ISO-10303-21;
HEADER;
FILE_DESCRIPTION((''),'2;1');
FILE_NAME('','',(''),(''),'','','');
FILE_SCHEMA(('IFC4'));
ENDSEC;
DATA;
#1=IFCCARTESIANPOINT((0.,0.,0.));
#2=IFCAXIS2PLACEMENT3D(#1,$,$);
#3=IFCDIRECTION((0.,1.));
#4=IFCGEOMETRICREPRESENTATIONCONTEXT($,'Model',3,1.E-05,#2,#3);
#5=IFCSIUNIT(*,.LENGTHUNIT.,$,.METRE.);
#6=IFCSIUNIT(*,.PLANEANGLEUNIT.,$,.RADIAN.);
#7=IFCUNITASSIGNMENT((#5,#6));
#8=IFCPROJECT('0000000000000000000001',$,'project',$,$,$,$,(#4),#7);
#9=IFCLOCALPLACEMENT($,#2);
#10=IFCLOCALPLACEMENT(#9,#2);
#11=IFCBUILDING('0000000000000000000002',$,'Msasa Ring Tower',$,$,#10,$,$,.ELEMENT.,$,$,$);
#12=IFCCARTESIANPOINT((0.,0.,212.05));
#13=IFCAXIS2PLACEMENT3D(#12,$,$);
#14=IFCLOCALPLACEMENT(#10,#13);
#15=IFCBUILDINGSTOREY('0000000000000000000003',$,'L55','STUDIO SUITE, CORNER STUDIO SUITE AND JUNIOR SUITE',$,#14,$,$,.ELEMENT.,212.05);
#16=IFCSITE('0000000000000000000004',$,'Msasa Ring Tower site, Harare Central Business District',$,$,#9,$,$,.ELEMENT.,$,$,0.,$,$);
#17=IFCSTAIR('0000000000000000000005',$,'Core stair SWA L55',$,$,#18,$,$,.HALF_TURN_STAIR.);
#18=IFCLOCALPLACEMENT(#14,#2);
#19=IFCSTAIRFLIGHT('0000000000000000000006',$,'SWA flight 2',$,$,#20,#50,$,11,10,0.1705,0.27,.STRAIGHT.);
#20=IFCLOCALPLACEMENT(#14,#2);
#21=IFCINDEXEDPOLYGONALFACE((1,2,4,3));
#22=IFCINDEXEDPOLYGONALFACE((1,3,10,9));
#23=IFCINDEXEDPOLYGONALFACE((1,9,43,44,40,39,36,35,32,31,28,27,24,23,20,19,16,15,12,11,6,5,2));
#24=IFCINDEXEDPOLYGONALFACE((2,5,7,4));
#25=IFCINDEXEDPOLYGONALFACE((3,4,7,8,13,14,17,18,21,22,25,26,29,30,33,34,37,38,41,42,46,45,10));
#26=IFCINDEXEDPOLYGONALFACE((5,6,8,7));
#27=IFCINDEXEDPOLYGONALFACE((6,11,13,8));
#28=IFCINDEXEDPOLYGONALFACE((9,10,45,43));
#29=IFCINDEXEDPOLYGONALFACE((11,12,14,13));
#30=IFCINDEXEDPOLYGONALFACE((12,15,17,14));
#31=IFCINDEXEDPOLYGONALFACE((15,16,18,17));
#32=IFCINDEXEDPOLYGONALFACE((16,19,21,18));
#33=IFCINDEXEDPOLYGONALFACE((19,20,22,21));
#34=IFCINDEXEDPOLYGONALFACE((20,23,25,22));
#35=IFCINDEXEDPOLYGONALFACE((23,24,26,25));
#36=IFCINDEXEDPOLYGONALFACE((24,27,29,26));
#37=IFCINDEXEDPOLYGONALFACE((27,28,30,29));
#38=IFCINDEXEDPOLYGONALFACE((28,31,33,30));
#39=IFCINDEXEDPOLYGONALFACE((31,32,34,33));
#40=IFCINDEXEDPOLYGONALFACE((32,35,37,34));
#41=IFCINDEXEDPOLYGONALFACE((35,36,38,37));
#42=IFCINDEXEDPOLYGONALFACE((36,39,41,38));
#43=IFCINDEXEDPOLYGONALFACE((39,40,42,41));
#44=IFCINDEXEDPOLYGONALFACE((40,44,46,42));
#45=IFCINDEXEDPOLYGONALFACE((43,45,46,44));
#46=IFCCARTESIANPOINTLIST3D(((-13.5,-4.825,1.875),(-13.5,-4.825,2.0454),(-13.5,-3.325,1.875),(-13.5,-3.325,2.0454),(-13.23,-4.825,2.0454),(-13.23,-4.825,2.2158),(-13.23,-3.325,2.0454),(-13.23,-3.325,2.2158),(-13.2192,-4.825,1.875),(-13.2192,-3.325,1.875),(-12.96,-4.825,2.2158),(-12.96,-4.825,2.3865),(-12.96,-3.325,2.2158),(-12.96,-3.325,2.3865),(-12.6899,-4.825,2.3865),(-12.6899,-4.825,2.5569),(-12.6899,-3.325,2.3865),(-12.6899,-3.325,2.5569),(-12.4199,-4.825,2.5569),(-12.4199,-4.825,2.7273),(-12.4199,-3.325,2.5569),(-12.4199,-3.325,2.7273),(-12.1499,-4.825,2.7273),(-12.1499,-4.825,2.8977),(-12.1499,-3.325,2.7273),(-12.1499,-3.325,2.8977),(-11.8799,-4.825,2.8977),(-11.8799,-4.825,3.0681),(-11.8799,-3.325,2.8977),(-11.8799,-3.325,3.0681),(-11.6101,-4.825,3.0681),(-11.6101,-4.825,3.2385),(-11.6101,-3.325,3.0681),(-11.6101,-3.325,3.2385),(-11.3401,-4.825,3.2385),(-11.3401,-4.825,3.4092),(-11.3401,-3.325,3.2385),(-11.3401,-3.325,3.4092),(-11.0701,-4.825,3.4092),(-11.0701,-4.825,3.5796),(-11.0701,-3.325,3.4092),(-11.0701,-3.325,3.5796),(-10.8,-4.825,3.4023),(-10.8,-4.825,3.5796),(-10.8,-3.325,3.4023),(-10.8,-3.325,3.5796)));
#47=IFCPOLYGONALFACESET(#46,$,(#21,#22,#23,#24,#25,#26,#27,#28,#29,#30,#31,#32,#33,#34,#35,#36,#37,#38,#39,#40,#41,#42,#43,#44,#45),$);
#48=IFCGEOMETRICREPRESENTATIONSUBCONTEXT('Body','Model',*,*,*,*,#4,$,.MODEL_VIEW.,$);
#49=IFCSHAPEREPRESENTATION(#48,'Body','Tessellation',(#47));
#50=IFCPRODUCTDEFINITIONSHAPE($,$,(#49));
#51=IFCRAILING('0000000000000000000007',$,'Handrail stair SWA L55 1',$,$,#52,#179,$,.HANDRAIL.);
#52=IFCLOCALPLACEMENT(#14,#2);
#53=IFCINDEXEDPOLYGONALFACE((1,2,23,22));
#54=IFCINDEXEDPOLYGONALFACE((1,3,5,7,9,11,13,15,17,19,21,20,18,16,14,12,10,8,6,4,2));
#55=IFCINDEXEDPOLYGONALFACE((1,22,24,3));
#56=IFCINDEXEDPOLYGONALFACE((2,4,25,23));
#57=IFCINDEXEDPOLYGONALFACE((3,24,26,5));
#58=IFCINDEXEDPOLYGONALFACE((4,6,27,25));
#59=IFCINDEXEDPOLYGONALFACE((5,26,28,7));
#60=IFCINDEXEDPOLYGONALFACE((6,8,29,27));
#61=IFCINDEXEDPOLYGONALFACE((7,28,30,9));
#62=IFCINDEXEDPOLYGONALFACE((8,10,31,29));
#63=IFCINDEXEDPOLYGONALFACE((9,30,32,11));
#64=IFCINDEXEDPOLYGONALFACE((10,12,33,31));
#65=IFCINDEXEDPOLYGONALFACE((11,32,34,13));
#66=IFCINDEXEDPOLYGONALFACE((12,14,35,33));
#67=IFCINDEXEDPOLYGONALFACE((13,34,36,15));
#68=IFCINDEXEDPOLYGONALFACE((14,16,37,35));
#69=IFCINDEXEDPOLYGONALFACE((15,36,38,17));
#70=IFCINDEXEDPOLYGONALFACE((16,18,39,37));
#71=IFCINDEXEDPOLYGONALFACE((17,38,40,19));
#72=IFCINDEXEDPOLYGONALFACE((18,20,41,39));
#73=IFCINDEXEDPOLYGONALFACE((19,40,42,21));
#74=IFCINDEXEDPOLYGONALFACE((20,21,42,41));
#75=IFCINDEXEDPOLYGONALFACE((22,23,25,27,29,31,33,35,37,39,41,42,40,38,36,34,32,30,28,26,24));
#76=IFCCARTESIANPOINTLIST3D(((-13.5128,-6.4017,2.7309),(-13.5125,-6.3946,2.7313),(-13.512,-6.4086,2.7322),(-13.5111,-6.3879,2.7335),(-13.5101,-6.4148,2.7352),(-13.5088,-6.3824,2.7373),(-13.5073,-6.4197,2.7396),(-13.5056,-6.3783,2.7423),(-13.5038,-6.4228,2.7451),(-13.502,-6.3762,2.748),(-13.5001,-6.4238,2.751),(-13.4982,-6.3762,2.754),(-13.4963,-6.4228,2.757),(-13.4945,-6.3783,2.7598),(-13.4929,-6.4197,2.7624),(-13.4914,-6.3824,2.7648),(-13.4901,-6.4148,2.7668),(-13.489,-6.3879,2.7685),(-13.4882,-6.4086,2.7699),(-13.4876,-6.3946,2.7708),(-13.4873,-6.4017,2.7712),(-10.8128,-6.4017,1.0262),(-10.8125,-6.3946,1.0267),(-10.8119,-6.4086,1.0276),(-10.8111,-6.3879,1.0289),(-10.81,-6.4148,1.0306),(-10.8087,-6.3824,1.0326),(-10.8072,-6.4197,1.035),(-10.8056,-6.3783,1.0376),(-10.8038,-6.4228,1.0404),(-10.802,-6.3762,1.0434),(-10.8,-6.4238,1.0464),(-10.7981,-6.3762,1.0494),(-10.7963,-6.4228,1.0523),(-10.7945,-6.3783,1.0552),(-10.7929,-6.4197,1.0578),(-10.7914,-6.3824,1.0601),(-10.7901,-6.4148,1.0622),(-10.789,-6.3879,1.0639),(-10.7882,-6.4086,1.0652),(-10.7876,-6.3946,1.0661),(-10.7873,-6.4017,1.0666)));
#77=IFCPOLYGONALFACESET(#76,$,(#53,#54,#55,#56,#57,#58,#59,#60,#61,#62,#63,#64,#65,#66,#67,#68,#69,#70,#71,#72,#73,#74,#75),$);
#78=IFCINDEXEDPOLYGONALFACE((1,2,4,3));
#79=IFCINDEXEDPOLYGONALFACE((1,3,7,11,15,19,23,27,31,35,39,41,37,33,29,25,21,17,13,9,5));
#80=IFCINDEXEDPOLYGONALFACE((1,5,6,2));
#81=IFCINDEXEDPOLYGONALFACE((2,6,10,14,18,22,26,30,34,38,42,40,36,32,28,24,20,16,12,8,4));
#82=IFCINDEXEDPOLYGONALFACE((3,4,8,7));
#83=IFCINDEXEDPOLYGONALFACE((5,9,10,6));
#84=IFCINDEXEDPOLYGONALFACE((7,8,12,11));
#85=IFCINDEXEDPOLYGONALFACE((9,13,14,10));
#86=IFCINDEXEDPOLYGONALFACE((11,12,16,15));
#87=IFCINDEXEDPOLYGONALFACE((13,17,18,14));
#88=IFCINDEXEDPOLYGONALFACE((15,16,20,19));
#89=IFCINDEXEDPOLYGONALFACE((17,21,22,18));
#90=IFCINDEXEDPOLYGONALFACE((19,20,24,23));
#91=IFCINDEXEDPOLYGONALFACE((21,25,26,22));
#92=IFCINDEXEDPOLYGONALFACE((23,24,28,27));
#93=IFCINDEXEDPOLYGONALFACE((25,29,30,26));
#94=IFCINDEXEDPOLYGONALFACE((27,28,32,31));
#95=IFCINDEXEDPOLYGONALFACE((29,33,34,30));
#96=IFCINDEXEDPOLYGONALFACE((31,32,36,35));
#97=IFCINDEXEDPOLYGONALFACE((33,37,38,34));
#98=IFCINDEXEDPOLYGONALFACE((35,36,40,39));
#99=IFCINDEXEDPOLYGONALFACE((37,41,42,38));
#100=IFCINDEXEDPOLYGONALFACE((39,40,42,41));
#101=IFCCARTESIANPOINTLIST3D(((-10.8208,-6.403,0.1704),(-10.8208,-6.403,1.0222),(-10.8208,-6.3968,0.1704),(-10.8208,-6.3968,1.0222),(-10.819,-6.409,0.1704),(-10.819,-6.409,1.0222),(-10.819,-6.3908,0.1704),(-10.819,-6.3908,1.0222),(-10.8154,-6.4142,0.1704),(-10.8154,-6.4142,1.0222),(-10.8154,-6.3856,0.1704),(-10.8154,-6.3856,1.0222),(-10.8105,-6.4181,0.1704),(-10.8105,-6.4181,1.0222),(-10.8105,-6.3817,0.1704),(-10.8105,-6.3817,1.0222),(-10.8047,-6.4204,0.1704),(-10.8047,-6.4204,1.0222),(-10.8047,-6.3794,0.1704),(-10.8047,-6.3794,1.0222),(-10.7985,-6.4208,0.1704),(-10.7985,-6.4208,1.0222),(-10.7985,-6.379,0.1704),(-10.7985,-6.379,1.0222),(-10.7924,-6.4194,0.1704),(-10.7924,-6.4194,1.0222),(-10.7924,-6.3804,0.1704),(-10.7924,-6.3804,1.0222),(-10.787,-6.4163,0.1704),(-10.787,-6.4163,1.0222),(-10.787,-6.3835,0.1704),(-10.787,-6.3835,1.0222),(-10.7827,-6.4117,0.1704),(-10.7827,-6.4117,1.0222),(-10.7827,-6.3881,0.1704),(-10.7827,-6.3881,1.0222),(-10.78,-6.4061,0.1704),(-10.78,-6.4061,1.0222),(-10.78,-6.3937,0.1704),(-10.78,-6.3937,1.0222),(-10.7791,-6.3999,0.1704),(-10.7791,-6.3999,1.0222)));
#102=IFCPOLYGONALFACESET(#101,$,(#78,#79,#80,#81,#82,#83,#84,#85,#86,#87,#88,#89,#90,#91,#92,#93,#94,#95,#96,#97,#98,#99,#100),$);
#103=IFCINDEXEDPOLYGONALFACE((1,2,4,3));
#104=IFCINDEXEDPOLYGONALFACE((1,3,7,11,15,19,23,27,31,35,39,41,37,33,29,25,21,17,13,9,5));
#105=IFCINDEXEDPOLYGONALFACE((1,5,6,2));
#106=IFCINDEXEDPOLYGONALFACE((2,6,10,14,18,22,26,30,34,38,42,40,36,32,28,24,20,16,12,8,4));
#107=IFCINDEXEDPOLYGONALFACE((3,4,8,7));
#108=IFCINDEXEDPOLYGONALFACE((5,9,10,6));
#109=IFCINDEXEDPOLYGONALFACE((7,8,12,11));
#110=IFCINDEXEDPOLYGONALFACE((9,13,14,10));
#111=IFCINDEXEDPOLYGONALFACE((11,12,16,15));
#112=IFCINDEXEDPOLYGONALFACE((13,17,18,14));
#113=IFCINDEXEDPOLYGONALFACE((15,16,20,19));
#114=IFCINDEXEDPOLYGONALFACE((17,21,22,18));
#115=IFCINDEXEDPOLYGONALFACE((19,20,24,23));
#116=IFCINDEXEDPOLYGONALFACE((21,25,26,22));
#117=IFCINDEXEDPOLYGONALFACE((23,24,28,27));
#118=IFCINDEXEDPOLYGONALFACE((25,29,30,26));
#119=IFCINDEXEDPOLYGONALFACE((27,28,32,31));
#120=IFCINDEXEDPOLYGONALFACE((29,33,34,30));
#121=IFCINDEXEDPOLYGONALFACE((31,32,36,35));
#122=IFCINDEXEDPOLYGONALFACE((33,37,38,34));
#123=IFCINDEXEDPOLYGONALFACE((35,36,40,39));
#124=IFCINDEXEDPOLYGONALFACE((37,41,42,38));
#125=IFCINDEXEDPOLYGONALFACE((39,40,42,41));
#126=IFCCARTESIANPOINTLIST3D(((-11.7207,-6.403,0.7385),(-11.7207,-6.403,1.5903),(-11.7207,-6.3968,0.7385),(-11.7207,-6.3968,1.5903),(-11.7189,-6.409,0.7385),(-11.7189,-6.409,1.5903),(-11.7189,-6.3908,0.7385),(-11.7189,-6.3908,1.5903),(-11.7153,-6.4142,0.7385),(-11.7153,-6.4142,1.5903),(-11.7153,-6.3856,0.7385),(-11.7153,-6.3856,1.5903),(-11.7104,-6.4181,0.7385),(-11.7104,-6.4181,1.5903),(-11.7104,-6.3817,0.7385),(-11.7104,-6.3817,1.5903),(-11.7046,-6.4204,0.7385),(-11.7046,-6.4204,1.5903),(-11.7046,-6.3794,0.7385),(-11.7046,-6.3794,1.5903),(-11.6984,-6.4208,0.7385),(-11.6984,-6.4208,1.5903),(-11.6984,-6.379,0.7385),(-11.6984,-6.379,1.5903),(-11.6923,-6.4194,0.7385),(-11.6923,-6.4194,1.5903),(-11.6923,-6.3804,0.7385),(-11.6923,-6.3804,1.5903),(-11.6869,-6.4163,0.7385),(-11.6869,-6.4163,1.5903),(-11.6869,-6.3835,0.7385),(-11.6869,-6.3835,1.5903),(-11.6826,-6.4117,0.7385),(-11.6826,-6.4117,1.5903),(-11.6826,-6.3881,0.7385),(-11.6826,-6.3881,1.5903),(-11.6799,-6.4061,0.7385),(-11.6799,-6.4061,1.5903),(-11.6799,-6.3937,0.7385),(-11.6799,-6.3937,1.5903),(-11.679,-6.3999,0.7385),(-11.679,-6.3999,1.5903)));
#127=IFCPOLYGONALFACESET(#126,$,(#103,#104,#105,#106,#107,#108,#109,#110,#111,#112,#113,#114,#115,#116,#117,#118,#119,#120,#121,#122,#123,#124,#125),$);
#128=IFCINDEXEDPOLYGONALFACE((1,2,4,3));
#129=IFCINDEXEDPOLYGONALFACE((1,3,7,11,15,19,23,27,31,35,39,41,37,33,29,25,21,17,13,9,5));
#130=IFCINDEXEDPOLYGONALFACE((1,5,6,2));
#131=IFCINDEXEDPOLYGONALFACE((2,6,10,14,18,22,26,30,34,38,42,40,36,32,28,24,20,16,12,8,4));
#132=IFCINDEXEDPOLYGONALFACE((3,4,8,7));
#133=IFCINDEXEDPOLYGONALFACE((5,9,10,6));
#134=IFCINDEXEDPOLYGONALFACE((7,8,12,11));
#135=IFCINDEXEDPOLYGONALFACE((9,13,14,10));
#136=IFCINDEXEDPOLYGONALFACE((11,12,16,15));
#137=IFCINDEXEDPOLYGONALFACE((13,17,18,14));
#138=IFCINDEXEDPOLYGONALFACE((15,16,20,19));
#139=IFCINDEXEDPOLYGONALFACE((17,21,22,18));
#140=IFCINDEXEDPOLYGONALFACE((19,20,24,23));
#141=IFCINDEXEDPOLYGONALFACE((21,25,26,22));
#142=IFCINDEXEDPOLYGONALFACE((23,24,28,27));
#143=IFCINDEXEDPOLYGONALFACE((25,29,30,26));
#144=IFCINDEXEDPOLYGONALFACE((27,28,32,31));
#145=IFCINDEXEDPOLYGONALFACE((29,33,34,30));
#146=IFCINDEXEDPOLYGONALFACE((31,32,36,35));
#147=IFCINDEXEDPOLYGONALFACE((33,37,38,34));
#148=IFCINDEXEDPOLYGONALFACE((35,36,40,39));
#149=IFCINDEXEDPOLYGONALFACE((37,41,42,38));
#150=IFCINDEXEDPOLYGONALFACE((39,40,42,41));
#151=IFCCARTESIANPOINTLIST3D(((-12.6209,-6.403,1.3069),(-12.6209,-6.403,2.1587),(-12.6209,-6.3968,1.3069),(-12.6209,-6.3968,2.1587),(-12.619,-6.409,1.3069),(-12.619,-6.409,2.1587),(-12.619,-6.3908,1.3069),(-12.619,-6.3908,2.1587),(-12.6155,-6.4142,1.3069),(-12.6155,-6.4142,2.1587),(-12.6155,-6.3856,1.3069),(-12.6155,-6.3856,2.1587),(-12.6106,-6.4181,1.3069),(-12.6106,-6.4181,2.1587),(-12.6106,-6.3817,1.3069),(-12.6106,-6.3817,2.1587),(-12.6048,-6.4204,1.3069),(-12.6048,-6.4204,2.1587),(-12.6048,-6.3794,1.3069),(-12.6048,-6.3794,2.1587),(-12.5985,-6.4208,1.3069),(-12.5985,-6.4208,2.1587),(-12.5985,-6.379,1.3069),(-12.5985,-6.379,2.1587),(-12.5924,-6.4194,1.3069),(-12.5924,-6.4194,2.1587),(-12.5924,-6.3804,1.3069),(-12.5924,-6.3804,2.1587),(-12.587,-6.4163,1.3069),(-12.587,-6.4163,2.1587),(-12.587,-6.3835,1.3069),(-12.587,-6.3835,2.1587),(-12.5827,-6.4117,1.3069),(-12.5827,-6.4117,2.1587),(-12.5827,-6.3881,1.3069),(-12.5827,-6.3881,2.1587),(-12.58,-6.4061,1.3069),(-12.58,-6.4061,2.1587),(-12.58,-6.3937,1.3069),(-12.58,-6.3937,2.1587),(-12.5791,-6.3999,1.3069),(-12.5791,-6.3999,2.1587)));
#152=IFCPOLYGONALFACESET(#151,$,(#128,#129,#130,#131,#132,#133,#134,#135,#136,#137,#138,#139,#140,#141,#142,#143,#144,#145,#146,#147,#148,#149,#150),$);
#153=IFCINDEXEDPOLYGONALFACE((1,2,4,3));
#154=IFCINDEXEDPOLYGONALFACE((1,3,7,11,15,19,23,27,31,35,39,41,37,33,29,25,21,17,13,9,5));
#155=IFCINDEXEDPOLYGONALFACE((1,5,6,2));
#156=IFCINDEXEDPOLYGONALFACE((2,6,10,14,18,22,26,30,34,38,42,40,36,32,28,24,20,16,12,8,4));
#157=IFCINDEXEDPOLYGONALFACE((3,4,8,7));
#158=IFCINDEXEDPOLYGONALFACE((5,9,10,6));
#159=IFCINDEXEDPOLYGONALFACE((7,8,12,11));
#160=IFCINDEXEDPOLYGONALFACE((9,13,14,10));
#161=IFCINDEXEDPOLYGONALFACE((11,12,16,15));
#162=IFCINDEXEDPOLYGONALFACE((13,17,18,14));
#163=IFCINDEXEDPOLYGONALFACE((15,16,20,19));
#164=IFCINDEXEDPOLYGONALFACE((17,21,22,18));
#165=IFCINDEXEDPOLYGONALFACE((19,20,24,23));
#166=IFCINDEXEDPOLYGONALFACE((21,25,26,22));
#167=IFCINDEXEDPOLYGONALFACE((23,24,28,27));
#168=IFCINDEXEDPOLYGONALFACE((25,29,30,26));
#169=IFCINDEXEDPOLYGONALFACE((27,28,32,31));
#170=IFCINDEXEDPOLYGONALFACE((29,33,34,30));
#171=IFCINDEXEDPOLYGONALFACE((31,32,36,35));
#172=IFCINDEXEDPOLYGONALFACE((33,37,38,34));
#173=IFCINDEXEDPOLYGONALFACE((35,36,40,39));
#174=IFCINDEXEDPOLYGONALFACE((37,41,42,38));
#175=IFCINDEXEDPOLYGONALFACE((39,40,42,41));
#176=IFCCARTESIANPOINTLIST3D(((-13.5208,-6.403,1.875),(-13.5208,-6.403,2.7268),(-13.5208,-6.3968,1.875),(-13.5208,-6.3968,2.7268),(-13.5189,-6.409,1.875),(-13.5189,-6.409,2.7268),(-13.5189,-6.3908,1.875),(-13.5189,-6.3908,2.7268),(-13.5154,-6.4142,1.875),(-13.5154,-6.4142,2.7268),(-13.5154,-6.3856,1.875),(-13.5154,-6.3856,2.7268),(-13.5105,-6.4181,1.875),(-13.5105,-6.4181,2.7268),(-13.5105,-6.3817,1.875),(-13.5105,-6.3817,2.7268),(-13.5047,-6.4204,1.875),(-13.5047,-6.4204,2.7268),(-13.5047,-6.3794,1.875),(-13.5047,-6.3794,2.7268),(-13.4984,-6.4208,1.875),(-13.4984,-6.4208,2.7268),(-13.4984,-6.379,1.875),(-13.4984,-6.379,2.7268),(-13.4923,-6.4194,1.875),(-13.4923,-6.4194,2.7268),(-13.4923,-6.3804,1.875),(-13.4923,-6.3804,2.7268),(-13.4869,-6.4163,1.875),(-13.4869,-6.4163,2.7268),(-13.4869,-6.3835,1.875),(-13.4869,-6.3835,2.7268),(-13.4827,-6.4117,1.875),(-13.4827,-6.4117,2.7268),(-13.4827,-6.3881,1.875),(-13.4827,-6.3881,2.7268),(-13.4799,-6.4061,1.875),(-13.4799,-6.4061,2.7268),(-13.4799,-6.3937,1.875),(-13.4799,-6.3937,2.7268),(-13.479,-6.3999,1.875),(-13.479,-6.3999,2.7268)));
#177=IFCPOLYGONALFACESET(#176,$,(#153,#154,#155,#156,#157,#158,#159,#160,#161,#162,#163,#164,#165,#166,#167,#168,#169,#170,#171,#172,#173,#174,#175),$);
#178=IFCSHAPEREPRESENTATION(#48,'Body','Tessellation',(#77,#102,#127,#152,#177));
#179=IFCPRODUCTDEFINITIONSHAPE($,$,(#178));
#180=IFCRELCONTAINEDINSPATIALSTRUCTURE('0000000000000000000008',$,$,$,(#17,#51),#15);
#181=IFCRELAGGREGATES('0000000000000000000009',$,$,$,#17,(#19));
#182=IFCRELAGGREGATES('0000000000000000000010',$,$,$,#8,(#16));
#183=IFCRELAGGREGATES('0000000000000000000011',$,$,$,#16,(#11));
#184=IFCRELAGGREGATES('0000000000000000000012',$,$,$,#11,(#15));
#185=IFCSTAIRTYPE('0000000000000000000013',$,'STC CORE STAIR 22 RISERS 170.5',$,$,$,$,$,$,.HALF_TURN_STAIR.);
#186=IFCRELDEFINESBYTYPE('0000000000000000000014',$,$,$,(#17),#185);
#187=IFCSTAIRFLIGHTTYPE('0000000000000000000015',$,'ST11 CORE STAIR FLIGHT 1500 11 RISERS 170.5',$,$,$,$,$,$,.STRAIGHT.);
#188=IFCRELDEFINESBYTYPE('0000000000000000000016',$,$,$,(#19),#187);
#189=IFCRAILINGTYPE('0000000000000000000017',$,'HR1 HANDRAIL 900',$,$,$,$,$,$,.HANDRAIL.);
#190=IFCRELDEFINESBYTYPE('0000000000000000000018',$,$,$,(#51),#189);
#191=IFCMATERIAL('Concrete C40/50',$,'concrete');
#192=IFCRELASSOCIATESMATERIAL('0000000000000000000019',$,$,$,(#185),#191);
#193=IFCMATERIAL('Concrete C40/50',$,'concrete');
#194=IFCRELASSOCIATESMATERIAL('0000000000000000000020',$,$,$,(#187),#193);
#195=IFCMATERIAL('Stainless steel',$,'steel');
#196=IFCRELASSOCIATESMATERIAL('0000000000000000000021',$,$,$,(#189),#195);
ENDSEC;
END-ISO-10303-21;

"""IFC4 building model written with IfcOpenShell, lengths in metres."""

from ifc_helpers import new_model, si_unit, direction, frame, origin, origin_2d, place, context, subcontext, project, spatial, polyline, circle, outline, extrude, material, type_object, element, aggregate, save


model = new_model("IFC4")

# Units and contexts
model_context = context("Model", 3, precision=1e-05, world=origin(), true_north=direction((0.0, 1.0)))
body_context = subcontext(model_context, "Body", "Model", "MODEL_VIEW")
ifc_project = project(units=[si_unit("LENGTHUNIT", "METRE"), si_unit("PLANEANGLEUNIT", "RADIAN")], contexts=[model_context])

# Site, building, storey
site_placement = place(None, origin())
site = spatial("IfcSite", under=ifc_project, at=site_placement, Name="Msasa Ring Tower site, Harare Central Business District", CompositionType="ELEMENT", RefElevation=0.0)
building_placement = place(site_placement, origin())
building = spatial("IfcBuilding", under=site, at=building_placement, Name="Msasa Ring Tower", CompositionType="ELEMENT")
storey_placement = place(building_placement, frame((0.0, 0.0, 212.05)))
storey = spatial("IfcBuildingStorey", under=building, at=storey_placement, Name="L55", Description="STUDIO SUITE, CORNER STUDIO SUITE AND JUNIOR SUITE", CompositionType="ELEMENT", Elevation=212.05)

# Stair, stair flight
ifc_material_1 = material(Name="Concrete C40/50", Category="concrete")
stair_type = type_object("IfcStairType", Name="STC CORE STAIR 22 RISERS 170.5", PredefinedType="HALF_TURN_STAIR", material=ifc_material_1)
stair_placement = place(storey_placement, origin())
stair = element("IfcStair", 1, at=stair_placement, inside=storey, type_object=stair_type, Name="Core stair SWA L55", PredefinedType="HALF_TURN_STAIR")
ifc_material_2 = material(Name="Concrete C40/50", Category="concrete")
stair_flight_type = type_object("IfcStairFlightType", Name="ST11 CORE STAIR FLIGHT 1500 11 RISERS 170.5", PredefinedType="STRAIGHT", material=ifc_material_2)
stair_flight_1_placement = place(storey_placement, frame((-13.5, -4.075, 1.875), z_axis=(0.0, 0.0, 1.0), x_axis=(1.0, 0.0, 0.0)))
stair_flight_1 = element("IfcStairFlight", 2, at=stair_flight_1_placement, type_object=stair_flight_type, Name="SWA flight 2", NumberOfRisers=11, NumberOfTreads=10, PredefinedType="STRAIGHT", RiserHeight=0.1705, TreadLength=0.27, context=body_context, shape_type="SweptSolid", body=[
    extrude(outline(polyline([(0.0, 0.0), (0.0, 0.1704), (0.27, 0.1704), (0.27, 0.3408), (0.54, 0.3408), (0.54, 0.5115), (0.8101, 0.5115), (0.8101, 0.6819), (1.0801, 0.6819), (1.0801, 0.8523), (1.3501, 0.8523), (1.3501, 1.0227), (1.6201, 1.0227), (1.6201, 1.1931), (1.8899, 1.1931), (1.8899, 1.3635), (2.1599, 1.3635), (2.1599, 1.5342), (2.4299, 1.5342), (2.4299, 1.7046), (2.7, 1.7046), (2.7, 1.875), (2.7, 1.5273), (0.2808, 0.0), (0.0, 0.0)])), frame((0.0, 0.75, 0.0), z_axis=(0.0, -1.0, 0.0), x_axis=(1.0, 0.0, 0.0)), (0.0, 0.0, 1.0), 1.5),
])
aggregate(stair, [stair_flight_1])

# Railing
ifc_material_3 = material(Name="Stainless steel", Category="steel")
railing_type = type_object("IfcRailingType", Name="HR1 HANDRAIL 900", PredefinedType="HANDRAIL", material=ifc_material_3)
for number, where, name in (
    (3, (-10.8, -6.3999, 0.1704), "Handrail stair SWA L55 1"),
):
    element("IfcRailing", number, at=place(storey_placement, frame(where)), inside=storey, type_object=railing_type, Name=name, PredefinedType="HANDRAIL", context=body_context, shape_type="SweptSolid", body=[
        extrude(circle(Radius=0.0239, at=origin_2d()), frame((0.0, 0.0, 0.876), z_axis=(-0.84558, 0.0, 0.533849), x_axis=(0.0, -1.0, 0.0)), (0.0, 0.0, 1.0), 3.1931),
        extrude(circle(Radius=0.021, at=origin_2d()), origin(), (0.0, 0.0, 1.0), 0.8518),
        extrude(circle(Radius=0.021, at=origin_2d()), frame((-0.8999, 0.0, 0.5681)), (0.0, 0.0, 1.0), 0.8518),
        extrude(circle(Radius=0.021, at=origin_2d()), frame((-1.8, 0.0, 1.1365)), (0.0, 0.0, 1.0), 0.8518),
        extrude(circle(Radius=0.021, at=origin_2d()), frame((-2.7, 0.0, 1.7046)), (0.0, 0.0, 1.0), 0.8518),
    ])

save(model, "model.ifc")
